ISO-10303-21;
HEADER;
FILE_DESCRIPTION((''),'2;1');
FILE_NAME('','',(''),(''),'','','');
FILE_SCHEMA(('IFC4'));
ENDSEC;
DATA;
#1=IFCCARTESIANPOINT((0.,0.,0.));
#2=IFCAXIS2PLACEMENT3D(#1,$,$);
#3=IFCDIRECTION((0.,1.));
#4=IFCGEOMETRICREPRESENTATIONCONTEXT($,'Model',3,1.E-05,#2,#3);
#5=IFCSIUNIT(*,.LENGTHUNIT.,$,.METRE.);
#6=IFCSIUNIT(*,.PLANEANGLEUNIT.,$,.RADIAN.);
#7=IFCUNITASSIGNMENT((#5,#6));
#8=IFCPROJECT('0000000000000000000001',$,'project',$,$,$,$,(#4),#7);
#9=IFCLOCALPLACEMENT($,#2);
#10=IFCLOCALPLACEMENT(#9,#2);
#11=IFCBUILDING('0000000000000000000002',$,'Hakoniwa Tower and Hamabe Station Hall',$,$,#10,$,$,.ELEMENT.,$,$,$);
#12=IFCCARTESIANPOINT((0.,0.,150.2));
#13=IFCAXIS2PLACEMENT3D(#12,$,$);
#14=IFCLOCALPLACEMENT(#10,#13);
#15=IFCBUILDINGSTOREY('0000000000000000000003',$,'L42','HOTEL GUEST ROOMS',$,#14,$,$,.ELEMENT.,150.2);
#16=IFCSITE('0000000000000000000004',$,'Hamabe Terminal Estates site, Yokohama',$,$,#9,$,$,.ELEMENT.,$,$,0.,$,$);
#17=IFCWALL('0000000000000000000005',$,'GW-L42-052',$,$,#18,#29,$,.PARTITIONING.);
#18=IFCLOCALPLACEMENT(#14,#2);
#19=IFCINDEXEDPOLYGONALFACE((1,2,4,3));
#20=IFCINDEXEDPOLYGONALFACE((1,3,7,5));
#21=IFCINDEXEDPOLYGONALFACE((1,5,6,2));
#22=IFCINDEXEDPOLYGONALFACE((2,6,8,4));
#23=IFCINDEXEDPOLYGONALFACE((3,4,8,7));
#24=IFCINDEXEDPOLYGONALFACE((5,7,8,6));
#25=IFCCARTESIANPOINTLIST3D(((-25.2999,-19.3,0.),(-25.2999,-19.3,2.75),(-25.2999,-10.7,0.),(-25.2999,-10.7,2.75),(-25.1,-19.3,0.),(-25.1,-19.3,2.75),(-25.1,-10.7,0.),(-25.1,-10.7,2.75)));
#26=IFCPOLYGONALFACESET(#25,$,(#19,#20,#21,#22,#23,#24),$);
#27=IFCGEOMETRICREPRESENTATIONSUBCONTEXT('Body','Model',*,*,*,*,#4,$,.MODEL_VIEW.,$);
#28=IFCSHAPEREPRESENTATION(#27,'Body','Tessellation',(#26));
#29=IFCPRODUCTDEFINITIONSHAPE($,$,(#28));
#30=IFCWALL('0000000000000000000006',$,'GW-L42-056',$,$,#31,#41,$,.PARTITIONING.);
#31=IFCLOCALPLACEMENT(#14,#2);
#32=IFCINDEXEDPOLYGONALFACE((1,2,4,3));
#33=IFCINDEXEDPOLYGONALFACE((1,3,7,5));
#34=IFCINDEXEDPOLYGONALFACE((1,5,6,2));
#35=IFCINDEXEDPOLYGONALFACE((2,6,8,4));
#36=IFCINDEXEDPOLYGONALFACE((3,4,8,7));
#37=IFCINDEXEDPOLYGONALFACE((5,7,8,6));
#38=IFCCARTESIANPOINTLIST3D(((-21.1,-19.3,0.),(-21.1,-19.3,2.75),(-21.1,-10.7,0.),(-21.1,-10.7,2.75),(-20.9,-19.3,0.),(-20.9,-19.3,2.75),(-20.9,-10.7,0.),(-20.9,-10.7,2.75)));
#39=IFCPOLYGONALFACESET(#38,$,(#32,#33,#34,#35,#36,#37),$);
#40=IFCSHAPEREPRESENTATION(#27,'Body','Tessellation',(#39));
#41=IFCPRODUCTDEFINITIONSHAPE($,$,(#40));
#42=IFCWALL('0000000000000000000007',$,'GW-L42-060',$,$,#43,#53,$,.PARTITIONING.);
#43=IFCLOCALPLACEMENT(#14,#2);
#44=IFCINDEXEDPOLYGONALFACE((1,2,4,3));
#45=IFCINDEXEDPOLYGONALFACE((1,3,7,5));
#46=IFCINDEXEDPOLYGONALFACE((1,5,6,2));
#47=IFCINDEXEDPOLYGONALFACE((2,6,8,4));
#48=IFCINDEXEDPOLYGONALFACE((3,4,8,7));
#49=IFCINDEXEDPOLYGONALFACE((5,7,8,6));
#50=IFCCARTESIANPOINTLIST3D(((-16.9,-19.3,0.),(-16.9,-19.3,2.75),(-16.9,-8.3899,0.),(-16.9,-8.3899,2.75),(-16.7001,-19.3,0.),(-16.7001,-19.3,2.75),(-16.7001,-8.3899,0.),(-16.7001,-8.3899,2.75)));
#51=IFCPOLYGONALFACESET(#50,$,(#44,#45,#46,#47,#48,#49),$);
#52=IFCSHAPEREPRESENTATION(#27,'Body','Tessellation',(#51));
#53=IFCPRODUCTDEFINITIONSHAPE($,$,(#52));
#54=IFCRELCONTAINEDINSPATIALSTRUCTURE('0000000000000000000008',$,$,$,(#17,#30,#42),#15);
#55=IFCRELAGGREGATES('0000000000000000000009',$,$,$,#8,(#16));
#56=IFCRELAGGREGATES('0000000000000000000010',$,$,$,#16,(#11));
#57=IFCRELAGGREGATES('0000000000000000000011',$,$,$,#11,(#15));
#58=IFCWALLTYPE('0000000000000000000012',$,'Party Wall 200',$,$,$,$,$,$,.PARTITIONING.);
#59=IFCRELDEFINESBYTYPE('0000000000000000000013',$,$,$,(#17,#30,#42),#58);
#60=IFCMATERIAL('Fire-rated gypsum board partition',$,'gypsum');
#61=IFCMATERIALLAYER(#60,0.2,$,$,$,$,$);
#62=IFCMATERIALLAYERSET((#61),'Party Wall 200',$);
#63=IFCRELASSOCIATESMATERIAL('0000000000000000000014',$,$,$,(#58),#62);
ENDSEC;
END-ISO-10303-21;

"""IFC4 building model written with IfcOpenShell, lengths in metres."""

from ifc_helpers import new_model, si_unit, direction, frame, frame_2d, origin, place, context, subcontext, project, spatial, rectangle, extrude, material, layer, layer_set, type_object, element, save


model = new_model("IFC4")

# Units and contexts
model_context = context("Model", 3, precision=1e-05, world=origin(), true_north=direction((0.0, 1.0)))
body_context = subcontext(model_context, "Body", "Model", "MODEL_VIEW")
ifc_project = project(units=[si_unit("LENGTHUNIT", "METRE"), si_unit("PLANEANGLEUNIT", "RADIAN")], contexts=[model_context])

# Site, building, storey
site_placement = place(None, origin())
site = spatial("IfcSite", under=ifc_project, at=site_placement, Name="Hamabe Terminal Estates site, Yokohama", CompositionType="ELEMENT", RefElevation=0.0)
building_placement = place(site_placement, origin())
building = spatial("IfcBuilding", under=site, at=building_placement, Name="Hakoniwa Tower and Hamabe Station Hall", CompositionType="ELEMENT")
storey_placement = place(building_placement, frame((0.0, 0.0, 150.2)))
storey = spatial("IfcBuildingStorey", under=building, at=storey_placement, Name="L42", Description="HOTEL GUEST ROOMS", CompositionType="ELEMENT", Elevation=150.2)

# Walls
ifc_material_1 = material(Name="Fire-rated gypsum board partition", Category="gypsum")
ifc_layer_1 = layer(ifc_material_1, 0.2)
ifc_layer_set_1 = layer_set([ifc_layer_1], Name="Party Wall 200")
wall_type_1 = type_object("IfcWallType", Name="Party Wall 200", PredefinedType="PARTITIONING", material=ifc_layer_set_1)
for number, where, z_axis, x_axis, name in (
    (1, (-25.2, -19.3, 0.0), (0.0, 0.0, 1.0), (0.0, 1.0, 0.0), "GW-L42-052"),
    (2, (-21.0, -19.3, 0.0), (0.0, 0.0, 1.0), (0.0, 1.0, 0.0), "GW-L42-056"),
):
    element("IfcWall", number, at=place(storey_placement, frame(where, z_axis=z_axis, x_axis=x_axis)), inside=storey, type_object=wall_type_1, Name=name, PredefinedType="PARTITIONING", context=body_context, shape_type="SweptSolid", body=[
        extrude(rectangle(XDim=8.6001, YDim=0.2, at=frame_2d((4.3, 0.0))), origin(), (0.0, 0.0, 1.0), 2.75),
    ])
wall_1_placement = place(storey_placement, frame((-16.8, -19.3, 0.0), z_axis=(0.0, 0.0, 1.0), x_axis=(0.0, 1.0, 0.0)))
element("IfcWall", 3, at=wall_1_placement, inside=storey, type_object=wall_type_1, Name="GW-L42-060", PredefinedType="PARTITIONING", context=body_context, shape_type="SweptSolid", body=[
    extrude(rectangle(XDim=10.9102, YDim=0.2, at=frame_2d((5.4551, 0.0))), origin(), (0.0, 0.0, 1.0), 2.75),
])

save(model, "model.ifc")
